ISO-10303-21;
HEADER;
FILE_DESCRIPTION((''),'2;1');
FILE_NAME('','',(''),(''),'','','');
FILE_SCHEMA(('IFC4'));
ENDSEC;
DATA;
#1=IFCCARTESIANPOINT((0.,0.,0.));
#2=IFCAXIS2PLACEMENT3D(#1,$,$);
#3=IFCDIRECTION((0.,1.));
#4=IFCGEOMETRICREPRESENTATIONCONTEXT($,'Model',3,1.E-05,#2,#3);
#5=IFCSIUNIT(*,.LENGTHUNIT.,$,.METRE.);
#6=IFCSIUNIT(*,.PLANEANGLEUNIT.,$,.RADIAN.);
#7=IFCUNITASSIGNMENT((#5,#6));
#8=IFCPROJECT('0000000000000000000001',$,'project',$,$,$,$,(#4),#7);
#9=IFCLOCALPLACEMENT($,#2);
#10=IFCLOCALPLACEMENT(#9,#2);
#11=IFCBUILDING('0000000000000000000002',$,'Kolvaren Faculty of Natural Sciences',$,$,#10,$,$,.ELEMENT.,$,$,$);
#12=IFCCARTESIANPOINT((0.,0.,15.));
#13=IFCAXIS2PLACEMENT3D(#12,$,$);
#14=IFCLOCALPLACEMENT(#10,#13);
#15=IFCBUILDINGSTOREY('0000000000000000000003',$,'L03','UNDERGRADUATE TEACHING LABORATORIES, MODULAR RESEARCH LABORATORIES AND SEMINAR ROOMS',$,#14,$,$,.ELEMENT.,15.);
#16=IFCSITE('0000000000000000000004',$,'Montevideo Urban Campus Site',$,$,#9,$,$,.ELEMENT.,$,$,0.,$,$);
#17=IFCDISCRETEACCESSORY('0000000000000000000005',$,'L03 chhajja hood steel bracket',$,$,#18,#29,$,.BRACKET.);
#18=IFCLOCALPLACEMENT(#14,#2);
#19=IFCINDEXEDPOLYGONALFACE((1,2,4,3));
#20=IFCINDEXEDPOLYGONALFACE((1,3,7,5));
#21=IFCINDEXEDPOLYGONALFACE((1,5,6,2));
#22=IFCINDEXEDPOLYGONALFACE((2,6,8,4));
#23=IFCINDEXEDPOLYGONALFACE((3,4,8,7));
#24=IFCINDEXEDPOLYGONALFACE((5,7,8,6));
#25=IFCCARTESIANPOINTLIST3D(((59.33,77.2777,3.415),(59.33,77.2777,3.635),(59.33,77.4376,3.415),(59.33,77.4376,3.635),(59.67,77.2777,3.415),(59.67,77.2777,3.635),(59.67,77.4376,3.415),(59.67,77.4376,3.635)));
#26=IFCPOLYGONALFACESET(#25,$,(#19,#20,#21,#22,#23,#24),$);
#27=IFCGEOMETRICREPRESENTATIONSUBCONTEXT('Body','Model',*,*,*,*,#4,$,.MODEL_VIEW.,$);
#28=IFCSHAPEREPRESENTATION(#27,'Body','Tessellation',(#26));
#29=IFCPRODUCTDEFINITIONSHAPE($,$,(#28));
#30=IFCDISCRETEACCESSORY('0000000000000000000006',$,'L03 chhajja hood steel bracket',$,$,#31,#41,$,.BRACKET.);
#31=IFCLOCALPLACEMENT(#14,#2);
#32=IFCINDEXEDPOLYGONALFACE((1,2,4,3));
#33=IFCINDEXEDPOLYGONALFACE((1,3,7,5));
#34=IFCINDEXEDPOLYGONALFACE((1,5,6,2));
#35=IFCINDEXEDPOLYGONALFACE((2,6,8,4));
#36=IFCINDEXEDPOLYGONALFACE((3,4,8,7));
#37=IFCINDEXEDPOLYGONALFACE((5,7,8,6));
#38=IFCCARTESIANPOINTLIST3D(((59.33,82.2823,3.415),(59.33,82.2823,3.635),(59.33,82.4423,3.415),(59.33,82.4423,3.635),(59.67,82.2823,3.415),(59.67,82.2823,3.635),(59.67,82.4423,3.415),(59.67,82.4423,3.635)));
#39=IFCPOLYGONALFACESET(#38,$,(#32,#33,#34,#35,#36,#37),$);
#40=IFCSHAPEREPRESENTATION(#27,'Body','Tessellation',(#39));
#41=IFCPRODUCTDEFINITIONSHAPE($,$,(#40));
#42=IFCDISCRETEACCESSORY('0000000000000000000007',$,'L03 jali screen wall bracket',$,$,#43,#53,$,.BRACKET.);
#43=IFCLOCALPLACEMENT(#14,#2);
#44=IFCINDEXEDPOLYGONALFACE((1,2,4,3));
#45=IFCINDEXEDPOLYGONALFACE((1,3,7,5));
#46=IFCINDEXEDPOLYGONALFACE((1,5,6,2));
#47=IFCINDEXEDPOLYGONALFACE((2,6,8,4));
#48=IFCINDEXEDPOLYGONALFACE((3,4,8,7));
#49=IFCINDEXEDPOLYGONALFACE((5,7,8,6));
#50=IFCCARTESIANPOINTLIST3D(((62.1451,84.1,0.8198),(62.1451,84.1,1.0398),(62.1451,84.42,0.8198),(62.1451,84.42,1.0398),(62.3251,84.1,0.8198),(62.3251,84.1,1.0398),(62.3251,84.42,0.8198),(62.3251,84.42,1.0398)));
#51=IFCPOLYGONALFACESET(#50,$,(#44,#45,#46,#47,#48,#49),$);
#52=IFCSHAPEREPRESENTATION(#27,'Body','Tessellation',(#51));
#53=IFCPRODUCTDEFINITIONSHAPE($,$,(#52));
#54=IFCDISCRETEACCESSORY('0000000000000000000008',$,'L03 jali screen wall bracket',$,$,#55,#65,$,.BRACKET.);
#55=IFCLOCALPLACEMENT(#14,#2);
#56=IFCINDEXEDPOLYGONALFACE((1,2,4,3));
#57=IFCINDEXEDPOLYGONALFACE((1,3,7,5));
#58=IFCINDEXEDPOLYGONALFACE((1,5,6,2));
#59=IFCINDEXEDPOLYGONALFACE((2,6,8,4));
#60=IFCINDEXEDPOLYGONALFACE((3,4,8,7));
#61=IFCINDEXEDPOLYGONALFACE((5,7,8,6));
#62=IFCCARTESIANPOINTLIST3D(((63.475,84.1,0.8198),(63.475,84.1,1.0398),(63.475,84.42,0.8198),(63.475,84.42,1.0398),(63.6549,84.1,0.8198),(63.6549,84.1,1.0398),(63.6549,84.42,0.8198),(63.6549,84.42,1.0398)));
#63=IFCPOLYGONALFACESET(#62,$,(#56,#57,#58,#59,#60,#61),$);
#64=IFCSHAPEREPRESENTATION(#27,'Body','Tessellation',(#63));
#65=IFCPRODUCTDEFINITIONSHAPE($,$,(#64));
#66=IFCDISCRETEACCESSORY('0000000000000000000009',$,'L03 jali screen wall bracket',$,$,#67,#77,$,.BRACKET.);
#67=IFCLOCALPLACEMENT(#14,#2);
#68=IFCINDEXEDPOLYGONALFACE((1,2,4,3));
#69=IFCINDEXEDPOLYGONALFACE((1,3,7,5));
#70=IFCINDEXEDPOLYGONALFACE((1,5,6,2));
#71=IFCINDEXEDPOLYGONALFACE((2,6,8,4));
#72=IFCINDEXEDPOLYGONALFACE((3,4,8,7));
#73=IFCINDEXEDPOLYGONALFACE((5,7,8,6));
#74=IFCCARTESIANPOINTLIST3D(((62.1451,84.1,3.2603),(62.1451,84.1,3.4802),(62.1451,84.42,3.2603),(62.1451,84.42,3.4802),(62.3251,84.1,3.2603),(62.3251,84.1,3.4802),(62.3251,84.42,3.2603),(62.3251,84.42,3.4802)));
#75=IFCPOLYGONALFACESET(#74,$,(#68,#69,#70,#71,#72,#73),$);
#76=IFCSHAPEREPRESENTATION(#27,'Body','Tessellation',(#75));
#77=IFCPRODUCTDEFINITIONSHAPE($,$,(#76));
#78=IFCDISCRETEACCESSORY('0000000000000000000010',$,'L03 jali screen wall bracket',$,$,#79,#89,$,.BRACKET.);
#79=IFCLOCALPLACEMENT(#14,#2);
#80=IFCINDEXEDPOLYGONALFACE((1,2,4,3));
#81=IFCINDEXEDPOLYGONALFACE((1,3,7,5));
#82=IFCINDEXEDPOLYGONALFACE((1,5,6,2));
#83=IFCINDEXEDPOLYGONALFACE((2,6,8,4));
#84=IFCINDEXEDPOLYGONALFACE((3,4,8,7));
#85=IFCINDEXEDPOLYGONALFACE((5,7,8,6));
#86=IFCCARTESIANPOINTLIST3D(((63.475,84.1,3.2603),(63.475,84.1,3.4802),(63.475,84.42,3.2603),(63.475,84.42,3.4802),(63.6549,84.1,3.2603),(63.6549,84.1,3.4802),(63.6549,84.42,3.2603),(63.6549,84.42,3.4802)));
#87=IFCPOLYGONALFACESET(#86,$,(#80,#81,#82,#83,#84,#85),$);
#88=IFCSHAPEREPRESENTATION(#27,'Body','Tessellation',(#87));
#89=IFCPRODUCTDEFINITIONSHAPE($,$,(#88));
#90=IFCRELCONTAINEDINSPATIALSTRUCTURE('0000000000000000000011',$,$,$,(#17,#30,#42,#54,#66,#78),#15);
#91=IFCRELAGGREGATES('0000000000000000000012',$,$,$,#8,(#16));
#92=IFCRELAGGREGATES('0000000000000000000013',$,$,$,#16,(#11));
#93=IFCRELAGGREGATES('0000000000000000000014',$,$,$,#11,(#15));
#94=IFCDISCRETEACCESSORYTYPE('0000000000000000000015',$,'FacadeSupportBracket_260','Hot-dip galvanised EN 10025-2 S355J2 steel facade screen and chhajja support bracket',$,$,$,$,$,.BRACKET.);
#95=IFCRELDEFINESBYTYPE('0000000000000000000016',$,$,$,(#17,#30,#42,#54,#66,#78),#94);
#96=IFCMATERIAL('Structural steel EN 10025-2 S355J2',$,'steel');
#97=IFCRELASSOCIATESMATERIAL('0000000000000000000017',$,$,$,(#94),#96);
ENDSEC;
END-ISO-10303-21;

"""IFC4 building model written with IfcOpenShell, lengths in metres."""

from ifc_helpers import new_model, si_unit, direction, frame, origin, origin_2d, place, context, subcontext, project, spatial, rectangle, extrude, material, type_object, element, save


model = new_model("IFC4")

# Units and contexts
model_context = context("Model", 3, precision=1e-05, world=origin(), true_north=direction((0.0, 1.0)))
body_context = subcontext(model_context, "Body", "Model", "MODEL_VIEW")
ifc_project = project(units=[si_unit("LENGTHUNIT", "METRE"), si_unit("PLANEANGLEUNIT", "RADIAN")], contexts=[model_context])

# Site, building, storey
site_placement = place(None, origin())
site = spatial("IfcSite", under=ifc_project, at=site_placement, Name="Montevideo Urban Campus Site", CompositionType="ELEMENT", RefElevation=0.0)
building_placement = place(site_placement, origin())
building = spatial("IfcBuilding", under=site, at=building_placement, Name="Kolvaren Faculty of Natural Sciences", CompositionType="ELEMENT")
storey_placement = place(building_placement, frame((0.0, 0.0, 15.0)))
storey = spatial("IfcBuildingStorey", under=building, at=storey_placement, Name="L03", Description="UNDERGRADUATE TEACHING LABORATORIES, MODULAR RESEARCH LABORATORIES AND SEMINAR ROOMS", CompositionType="ELEMENT", Elevation=15.0)

# Discrete accessories
ifc_material_1 = material(Name="Structural steel EN 10025-2 S355J2", Category="steel")
discrete_accessory_type = type_object("IfcDiscreteAccessoryType", Name="FacadeSupportBracket_260", Description="Hot-dip galvanised EN 10025-2 S355J2 steel facade screen and chhajja support bracket", PredefinedType="BRACKET", material=ifc_material_1)
for number, where, z_axis, x_axis, name in (
    (1, (59.5, 77.3577, 3.415), (0.0, 0.0, 1.0), (0.0, 1.0, 0.0), "L03 chhajja hood steel bracket"),
    (2, (59.5, 82.3623, 3.415), (0.0, 0.0, 1.0), (0.0, 1.0, 0.0), "L03 chhajja hood steel bracket"),
):
    element("IfcDiscreteAccessory", number, at=place(storey_placement, frame(where, z_axis=z_axis, x_axis=x_axis)), inside=storey, type_object=discrete_accessory_type, Name=name, PredefinedType="BRACKET", context=body_context, shape_type="SweptSolid", body=[
        extrude(rectangle(XDim=0.1599, YDim=0.3401, at=origin_2d()), origin(), (0.0, 0.0, 1.0), 0.22),
    ])
for number, where, z_axis, x_axis, name in (
    (3, (62.2351, 84.26, 0.8198), (0.0, 0.0, 1.0), (1.0, 0.0, 0.0), "L03 jali screen wall bracket"),
    (4, (63.5649, 84.26, 0.8198), (0.0, 0.0, 1.0), (1.0, 0.0, 0.0), "L03 jali screen wall bracket"),
    (5, (62.2351, 84.26, 3.2603), (0.0, 0.0, 1.0), (1.0, 0.0, 0.0), "L03 jali screen wall bracket"),
    (6, (63.5649, 84.26, 3.2603), (0.0, 0.0, 1.0), (1.0, 0.0, 0.0), "L03 jali screen wall bracket"),
):
    element("IfcDiscreteAccessory", number, at=place(storey_placement, frame(where, z_axis=z_axis, x_axis=x_axis)), inside=storey, type_object=discrete_accessory_type, Name=name, PredefinedType="BRACKET", context=body_context, shape_type="SweptSolid", body=[
        extrude(rectangle(XDim=0.1799, YDim=0.3201, at=origin_2d()), origin(), (0.0, 0.0, 1.0), 0.22),
    ])

save(model, "model.ifc")
